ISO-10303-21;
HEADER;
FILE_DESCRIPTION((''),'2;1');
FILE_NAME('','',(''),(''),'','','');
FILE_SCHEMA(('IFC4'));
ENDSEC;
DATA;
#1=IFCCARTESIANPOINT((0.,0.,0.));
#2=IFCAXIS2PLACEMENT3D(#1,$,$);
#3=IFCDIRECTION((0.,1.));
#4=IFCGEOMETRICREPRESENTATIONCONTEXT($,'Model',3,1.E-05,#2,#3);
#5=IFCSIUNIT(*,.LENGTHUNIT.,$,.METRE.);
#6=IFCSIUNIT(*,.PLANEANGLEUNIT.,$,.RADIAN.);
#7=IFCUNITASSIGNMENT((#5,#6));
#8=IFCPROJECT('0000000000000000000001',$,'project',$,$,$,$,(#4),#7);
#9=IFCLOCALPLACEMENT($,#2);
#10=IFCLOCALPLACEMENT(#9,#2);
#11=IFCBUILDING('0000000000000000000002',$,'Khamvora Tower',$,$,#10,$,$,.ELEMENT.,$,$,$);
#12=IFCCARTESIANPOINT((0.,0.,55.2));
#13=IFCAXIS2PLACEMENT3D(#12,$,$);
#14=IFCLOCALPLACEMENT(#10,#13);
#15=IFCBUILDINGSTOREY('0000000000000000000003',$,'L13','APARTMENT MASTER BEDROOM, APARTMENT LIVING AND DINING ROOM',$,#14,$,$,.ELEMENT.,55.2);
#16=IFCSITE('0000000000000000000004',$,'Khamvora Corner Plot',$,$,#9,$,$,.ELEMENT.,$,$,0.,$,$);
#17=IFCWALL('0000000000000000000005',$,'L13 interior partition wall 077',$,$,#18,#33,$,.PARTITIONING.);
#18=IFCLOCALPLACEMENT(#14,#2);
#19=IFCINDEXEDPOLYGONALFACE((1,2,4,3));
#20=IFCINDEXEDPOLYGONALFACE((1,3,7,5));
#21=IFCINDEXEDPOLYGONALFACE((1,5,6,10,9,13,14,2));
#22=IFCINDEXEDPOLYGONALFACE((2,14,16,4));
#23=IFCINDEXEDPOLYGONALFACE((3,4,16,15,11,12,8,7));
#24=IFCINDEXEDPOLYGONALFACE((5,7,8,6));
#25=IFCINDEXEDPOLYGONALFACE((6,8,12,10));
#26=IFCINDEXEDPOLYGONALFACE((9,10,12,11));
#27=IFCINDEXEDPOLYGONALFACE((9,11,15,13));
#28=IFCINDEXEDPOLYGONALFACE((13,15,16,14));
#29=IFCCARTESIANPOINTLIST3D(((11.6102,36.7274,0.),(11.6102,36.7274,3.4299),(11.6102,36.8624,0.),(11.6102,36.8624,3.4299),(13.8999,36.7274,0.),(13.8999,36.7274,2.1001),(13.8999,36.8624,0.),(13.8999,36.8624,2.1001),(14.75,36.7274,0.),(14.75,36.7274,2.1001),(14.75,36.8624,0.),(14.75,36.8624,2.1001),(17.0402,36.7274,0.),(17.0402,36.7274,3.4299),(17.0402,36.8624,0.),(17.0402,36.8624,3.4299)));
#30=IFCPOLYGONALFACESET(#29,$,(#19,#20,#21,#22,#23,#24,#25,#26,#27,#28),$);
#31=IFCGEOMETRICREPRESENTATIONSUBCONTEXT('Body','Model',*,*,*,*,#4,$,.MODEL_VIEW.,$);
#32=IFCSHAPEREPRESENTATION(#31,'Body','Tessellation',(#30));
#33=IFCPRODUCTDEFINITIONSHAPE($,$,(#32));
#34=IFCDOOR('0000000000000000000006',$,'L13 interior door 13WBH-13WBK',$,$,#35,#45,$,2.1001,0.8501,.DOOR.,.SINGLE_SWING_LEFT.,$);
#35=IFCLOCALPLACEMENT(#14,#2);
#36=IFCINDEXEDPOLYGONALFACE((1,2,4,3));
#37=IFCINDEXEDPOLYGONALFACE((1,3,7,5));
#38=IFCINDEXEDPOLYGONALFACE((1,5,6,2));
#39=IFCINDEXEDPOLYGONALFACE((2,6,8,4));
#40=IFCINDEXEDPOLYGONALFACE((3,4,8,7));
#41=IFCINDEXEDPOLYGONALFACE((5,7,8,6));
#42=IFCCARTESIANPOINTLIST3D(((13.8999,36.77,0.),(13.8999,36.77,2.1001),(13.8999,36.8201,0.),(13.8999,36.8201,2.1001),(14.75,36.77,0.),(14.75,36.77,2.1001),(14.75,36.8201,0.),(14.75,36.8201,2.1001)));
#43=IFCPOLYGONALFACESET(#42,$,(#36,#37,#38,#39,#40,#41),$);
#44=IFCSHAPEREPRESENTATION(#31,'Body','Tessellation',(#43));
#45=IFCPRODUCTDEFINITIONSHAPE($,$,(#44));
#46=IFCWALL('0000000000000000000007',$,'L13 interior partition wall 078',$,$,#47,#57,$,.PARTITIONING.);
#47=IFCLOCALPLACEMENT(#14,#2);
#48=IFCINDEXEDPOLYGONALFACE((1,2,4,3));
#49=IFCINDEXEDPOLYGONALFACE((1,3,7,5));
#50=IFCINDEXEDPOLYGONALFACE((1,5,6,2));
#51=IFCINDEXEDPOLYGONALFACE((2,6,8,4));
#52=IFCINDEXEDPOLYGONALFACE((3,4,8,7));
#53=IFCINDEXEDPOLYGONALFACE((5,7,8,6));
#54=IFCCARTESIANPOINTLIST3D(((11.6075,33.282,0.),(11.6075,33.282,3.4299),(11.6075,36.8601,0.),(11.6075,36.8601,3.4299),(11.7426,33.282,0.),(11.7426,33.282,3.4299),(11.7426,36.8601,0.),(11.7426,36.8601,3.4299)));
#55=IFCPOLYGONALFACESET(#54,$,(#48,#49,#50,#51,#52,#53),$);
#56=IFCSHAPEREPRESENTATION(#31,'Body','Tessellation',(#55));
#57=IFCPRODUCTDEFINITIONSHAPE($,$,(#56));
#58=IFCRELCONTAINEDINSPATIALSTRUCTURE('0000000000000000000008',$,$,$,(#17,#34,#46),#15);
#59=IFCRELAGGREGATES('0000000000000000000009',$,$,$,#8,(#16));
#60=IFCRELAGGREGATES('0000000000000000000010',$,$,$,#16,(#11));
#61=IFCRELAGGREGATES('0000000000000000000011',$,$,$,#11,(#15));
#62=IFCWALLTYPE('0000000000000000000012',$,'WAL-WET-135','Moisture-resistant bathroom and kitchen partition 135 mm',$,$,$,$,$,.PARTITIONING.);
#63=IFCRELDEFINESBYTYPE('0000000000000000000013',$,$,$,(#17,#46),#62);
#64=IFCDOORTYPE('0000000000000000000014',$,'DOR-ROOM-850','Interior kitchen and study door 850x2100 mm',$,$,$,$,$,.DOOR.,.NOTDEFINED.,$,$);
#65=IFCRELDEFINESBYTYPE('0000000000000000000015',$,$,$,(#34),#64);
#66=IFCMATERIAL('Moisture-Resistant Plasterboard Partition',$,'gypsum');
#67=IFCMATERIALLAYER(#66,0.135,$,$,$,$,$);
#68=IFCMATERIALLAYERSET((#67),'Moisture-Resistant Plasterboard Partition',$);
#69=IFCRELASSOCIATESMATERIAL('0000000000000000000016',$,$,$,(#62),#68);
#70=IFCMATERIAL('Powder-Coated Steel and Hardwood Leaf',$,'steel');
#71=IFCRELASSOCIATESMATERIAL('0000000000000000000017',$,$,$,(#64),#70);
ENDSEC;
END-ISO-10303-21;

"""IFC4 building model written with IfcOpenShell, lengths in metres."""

from ifc_helpers import new_model, si_unit, direction, frame, frame_2d, origin, place, context, subcontext, project, spatial, rectangle, extrude, material, layer, layer_set, type_object, element, fill, save


model = new_model("IFC4")

# Units and contexts
model_context = context("Model", 3, precision=1e-05, world=origin(), true_north=direction((0.0, 1.0)))
body_context = subcontext(model_context, "Body", "Model", "MODEL_VIEW")
ifc_project = project(units=[si_unit("LENGTHUNIT", "METRE"), si_unit("PLANEANGLEUNIT", "RADIAN")], contexts=[model_context])

# Site, building, storey
site_placement = place(None, origin())
site = spatial("IfcSite", under=ifc_project, at=site_placement, Name="Khamvora Corner Plot", CompositionType="ELEMENT", RefElevation=0.0)
building_placement = place(site_placement, origin())
building = spatial("IfcBuilding", under=site, at=building_placement, Name="Khamvora Tower", CompositionType="ELEMENT")
storey_placement = place(building_placement, frame((0.0, 0.0, 55.2)))
storey = spatial("IfcBuildingStorey", under=building, at=storey_placement, Name="L13", Description="APARTMENT MASTER BEDROOM, APARTMENT LIVING AND DINING ROOM", CompositionType="ELEMENT", Elevation=55.2)

# Shared definitions
ifc_material_1 = material(Name="Powder-Coated Steel and Hardwood Leaf", Category="steel")

# Shared definitions
ifc_material_2 = material(Name="Moisture-Resistant Plasterboard Partition", Category="gypsum")
ifc_layer_1 = layer(ifc_material_2, 0.135)
ifc_layer_set_1 = layer_set([ifc_layer_1], Name="Moisture-Resistant Plasterboard Partition")
wall_type_1 = type_object("IfcWallType", Name="WAL-WET-135", Description="Moisture-resistant bathroom and kitchen partition 135 mm", PredefinedType="PARTITIONING", material=ifc_layer_set_1)

# Wall, opening, door
wall_1_placement = place(storey_placement, frame((17.04, 36.7949, 0.0), z_axis=(0.0, 0.0, 1.0), x_axis=(-1.0, 0.0, 0.0)))
wall_1 = element("IfcWall", 1, at=wall_1_placement, inside=storey, type_object=wall_type_1, Name="L13 interior partition wall 077", PredefinedType="PARTITIONING", context=body_context, shape_type="SweptSolid", body=[
    extrude(rectangle(XDim=5.4299, YDim=0.135, at=frame_2d((2.7148, 0.0))), origin(), (0.0, 0.0, 1.0), 3.4299),
])
opening_1_placement = place(wall_1_placement, frame((2.29, 0.0, 0.0)))
opening_1 = element("IfcOpeningElement", 2, at=opening_1_placement, cuts=wall_1, PredefinedType="OPENING", context=body_context, shape_type="SweptSolid", body=[
    extrude(rectangle(XDim=0.8501, YDim=2.1001, at=frame_2d((0.425, 1.05))), frame((0.0, 0.0774, 0.0), z_axis=(0.0, -1.0, 0.0), x_axis=(1.0, 0.0, 0.0)), (0.0, 0.0, 1.0), 0.155),
])
door_type_1 = type_object("IfcDoorType", Name="DOR-ROOM-850", Description="Interior kitchen and study door 850x2100 mm", OperationType="NOTDEFINED", PredefinedType="DOOR", material=ifc_material_1)
door_1_placement = place(opening_1_placement, origin())
door_1 = element("IfcDoor", 3, at=door_1_placement, inside=storey, type_object=door_type_1, Name="L13 interior door 13WBH-13WBK", OperationType="SINGLE_SWING_LEFT", OverallHeight=2.1001, OverallWidth=0.8501, PredefinedType="DOOR", context=body_context, shape_type="SweptSolid", body=[
    extrude(rectangle(XDim=0.8501, YDim=2.1001, at=frame_2d((0.425, 1.05))), frame((0.0, 0.0249, 0.0), z_axis=(0.0, -1.0, 0.0), x_axis=(1.0, 0.0, 0.0)), (0.0, 0.0, 1.0), 0.05),
])
fill(opening_1, door_1)

# Wall
wall_2_placement = place(storey_placement, frame((11.675, 36.8601, 0.0), z_axis=(0.0, 0.0, 1.0), x_axis=(0.0, -1.0, 0.0)))
element("IfcWall", 4, at=wall_2_placement, inside=storey, type_object=wall_type_1, Name="L13 interior partition wall 078", PredefinedType="PARTITIONING", context=body_context, shape_type="SweptSolid", body=[
    extrude(rectangle(XDim=3.5781, YDim=0.135, at=frame_2d((1.7891, 0.0))), origin(), (0.0, 0.0, 1.0), 3.4299),
])

save(model, "model.ifc")
